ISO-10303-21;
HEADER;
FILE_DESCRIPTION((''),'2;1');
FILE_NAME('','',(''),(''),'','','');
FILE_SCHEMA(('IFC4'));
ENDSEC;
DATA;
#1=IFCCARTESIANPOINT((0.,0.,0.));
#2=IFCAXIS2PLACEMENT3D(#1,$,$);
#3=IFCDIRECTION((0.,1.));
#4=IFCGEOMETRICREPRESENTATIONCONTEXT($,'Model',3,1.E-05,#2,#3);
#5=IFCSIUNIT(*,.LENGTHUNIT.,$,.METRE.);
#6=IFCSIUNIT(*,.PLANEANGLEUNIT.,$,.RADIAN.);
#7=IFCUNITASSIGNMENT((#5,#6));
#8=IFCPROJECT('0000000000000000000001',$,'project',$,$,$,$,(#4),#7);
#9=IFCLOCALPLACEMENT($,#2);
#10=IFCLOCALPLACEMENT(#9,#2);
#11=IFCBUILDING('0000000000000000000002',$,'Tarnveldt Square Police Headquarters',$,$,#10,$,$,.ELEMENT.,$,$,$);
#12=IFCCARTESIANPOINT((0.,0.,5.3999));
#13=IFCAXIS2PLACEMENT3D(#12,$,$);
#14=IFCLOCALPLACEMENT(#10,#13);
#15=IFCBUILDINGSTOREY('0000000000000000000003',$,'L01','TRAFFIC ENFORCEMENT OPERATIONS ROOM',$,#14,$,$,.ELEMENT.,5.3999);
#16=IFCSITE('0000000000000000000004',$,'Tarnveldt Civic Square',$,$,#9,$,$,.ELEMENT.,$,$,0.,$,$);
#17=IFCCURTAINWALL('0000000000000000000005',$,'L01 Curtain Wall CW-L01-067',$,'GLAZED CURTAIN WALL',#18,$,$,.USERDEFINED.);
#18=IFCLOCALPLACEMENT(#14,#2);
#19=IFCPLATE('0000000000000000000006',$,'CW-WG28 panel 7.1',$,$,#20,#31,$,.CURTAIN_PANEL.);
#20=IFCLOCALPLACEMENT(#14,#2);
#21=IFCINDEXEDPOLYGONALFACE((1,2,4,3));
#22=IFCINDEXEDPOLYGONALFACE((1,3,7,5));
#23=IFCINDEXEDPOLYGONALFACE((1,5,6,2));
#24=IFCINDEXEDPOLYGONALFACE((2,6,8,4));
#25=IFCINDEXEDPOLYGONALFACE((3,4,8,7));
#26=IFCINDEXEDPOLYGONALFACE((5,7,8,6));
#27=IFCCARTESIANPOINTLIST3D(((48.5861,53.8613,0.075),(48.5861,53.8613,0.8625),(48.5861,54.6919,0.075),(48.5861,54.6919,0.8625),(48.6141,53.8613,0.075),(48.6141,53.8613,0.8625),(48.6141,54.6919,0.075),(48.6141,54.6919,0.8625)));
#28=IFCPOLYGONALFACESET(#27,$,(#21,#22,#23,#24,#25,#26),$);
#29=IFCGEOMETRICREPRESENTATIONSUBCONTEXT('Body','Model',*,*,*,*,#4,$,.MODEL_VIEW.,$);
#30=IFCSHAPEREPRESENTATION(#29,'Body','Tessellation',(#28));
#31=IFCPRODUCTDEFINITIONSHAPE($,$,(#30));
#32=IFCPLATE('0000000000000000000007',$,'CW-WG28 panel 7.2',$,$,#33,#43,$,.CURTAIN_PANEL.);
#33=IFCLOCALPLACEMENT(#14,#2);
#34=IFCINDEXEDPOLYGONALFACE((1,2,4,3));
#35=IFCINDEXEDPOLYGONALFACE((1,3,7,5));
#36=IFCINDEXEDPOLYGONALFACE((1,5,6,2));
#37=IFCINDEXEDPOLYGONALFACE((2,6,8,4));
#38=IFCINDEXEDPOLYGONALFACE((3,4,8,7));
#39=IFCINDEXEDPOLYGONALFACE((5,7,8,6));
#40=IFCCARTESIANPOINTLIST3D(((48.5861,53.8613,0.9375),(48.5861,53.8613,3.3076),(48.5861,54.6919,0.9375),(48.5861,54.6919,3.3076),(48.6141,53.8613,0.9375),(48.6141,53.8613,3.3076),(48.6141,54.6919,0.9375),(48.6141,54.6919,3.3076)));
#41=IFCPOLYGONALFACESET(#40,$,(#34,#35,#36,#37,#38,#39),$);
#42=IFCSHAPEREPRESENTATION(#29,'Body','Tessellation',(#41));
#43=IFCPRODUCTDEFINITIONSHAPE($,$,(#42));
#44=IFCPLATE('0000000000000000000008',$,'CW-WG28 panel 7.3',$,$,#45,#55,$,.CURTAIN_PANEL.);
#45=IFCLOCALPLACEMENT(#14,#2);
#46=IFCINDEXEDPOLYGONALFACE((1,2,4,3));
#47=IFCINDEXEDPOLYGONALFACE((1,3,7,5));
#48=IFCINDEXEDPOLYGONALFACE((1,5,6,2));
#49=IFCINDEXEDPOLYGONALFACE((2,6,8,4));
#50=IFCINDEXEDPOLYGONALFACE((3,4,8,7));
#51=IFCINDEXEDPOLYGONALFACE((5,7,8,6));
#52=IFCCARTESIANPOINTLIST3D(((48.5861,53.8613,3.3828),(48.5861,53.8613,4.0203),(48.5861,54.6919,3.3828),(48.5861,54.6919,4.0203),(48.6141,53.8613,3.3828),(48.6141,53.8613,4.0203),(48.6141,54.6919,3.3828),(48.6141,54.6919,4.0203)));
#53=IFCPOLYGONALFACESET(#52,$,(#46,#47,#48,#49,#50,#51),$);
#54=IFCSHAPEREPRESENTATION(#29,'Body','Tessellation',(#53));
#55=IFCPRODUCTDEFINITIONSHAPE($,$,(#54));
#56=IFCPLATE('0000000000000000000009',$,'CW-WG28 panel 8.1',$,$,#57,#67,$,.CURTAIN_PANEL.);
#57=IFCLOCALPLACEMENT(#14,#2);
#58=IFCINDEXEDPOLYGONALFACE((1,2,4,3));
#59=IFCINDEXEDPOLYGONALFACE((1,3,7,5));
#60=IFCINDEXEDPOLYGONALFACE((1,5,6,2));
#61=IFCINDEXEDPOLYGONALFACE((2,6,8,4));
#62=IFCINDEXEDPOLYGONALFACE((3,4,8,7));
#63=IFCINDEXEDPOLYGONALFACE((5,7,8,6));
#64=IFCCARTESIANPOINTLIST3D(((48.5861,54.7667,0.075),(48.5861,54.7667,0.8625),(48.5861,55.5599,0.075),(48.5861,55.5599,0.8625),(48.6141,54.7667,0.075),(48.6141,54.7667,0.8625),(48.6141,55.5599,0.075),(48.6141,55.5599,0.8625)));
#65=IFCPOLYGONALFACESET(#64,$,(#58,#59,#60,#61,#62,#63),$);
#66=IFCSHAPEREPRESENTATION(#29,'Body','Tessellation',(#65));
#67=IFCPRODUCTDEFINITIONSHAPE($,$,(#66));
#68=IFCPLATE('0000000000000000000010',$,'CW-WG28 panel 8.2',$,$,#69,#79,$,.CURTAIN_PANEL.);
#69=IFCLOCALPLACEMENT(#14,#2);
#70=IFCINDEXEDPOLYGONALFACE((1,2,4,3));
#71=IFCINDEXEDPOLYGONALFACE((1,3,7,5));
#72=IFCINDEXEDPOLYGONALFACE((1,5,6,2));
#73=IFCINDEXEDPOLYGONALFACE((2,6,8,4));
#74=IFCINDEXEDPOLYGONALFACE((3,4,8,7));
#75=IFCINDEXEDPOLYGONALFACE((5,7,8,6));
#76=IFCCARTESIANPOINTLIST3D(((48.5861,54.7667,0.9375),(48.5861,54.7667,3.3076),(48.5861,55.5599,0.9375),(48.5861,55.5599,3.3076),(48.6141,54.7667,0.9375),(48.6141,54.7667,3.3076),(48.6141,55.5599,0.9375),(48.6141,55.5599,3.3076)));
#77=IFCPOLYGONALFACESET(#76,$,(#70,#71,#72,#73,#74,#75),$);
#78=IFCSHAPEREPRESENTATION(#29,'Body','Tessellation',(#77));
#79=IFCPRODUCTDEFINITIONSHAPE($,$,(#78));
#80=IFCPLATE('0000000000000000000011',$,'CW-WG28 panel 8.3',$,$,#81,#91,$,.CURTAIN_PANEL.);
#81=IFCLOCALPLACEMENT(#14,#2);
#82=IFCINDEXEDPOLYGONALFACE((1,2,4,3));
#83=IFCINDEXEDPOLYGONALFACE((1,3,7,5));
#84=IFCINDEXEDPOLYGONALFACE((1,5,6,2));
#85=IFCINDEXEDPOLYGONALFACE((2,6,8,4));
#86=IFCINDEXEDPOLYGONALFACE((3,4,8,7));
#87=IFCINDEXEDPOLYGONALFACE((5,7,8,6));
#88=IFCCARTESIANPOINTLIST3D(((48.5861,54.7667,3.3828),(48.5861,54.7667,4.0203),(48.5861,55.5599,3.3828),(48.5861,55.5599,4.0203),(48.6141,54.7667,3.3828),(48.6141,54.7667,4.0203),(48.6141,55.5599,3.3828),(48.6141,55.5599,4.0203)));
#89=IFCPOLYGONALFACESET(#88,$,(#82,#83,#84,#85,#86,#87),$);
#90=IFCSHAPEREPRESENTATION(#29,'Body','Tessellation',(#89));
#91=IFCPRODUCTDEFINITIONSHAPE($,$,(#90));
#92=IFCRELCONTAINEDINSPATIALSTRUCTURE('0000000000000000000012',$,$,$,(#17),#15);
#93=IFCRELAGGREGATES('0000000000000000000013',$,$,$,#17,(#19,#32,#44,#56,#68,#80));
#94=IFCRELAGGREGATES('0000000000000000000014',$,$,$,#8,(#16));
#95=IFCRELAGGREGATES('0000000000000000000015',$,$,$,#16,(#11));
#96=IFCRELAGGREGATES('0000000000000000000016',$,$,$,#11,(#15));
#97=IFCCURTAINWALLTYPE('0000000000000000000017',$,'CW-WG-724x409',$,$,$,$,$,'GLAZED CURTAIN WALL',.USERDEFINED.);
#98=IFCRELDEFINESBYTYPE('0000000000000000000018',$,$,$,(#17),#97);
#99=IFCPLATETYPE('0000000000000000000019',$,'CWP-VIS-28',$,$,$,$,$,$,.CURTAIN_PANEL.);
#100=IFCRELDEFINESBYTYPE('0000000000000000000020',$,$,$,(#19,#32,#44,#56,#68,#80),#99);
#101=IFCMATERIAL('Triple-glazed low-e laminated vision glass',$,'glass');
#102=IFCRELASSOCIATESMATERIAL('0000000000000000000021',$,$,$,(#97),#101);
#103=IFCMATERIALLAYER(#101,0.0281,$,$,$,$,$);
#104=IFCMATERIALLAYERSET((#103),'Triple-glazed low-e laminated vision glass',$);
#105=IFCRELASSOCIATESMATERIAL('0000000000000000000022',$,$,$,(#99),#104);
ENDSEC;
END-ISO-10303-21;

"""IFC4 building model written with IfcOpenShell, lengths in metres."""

from ifc_helpers import new_model, si_unit, direction, frame, origin, origin_2d, place, context, subcontext, project, spatial, rectangle, extrude, material, layer, layer_set, type_object, element, aggregate, save


model = new_model("IFC4")

# Units and contexts
model_context = context("Model", 3, precision=1e-05, world=origin(), true_north=direction((0.0, 1.0)))
body_context = subcontext(model_context, "Body", "Model", "MODEL_VIEW")
ifc_project = project(units=[si_unit("LENGTHUNIT", "METRE"), si_unit("PLANEANGLEUNIT", "RADIAN")], contexts=[model_context])

# Site, building, storey
site_placement = place(None, origin())
site = spatial("IfcSite", under=ifc_project, at=site_placement, Name="Tarnveldt Civic Square", CompositionType="ELEMENT", RefElevation=0.0)
building_placement = place(site_placement, origin())
building = spatial("IfcBuilding", under=site, at=building_placement, Name="Tarnveldt Square Police Headquarters", CompositionType="ELEMENT")
storey_placement = place(building_placement, frame((0.0, 0.0, 5.3999)))
storey = spatial("IfcBuildingStorey", under=building, at=storey_placement, Name="L01", Description="TRAFFIC ENFORCEMENT OPERATIONS ROOM", CompositionType="ELEMENT", Elevation=5.3999)

# Curtain wall, plates
ifc_material_1 = material(Name="Triple-glazed low-e laminated vision glass", Category="glass")
curtain_wall_type = type_object("IfcCurtainWallType", Name="CW-WG-724x409", ElementType="GLAZED CURTAIN WALL", PredefinedType="USERDEFINED", material=ifc_material_1)
curtain_wall_placement = place(storey_placement, origin())
curtain_wall = element("IfcCurtainWall", 1, at=curtain_wall_placement, inside=storey, type_object=curtain_wall_type, Name="L01 Curtain Wall CW-L01-067", ObjectType="GLAZED CURTAIN WALL", PredefinedType="USERDEFINED")
ifc_layer = layer(ifc_material_1, 0.0281)
ifc_layer_set = layer_set([ifc_layer], Name="Triple-glazed low-e laminated vision glass")
plate_type = type_object("IfcPlateType", Name="CWP-VIS-28", PredefinedType="CURTAIN_PANEL", material=ifc_layer_set)
plate_1_placement = place(storey_placement, frame((48.6001, 54.2766, 0.075), z_axis=(0.0, 0.0, 1.0), x_axis=(0.0, 1.0, 0.0)))
plate_1 = element("IfcPlate", 2, at=plate_1_placement, type_object=plate_type, Name="CW-WG28 panel 7.1", PredefinedType="CURTAIN_PANEL", context=body_context, shape_type="SweptSolid", body=[
    extrude(rectangle(XDim=0.8306, YDim=0.0281, at=origin_2d()), origin(), (0.0, 0.0, 1.0), 0.7876),
])
plate_2_placement = place(storey_placement, frame((48.6001, 54.2766, 0.9375), z_axis=(0.0, 0.0, 1.0), x_axis=(0.0, 1.0, 0.0)))
plate_2 = element("IfcPlate", 3, at=plate_2_placement, type_object=plate_type, Name="CW-WG28 panel 7.2", PredefinedType="CURTAIN_PANEL", context=body_context, shape_type="SweptSolid", body=[
    extrude(rectangle(XDim=0.8306, YDim=0.0281, at=origin_2d()), origin(), (0.0, 0.0, 1.0), 2.3701),
])
plate_3_placement = place(storey_placement, frame((48.6001, 54.2766, 3.3828), z_axis=(0.0, 0.0, 1.0), x_axis=(0.0, 1.0, 0.0)))
plate_3 = element("IfcPlate", 4, at=plate_3_placement, type_object=plate_type, Name="CW-WG28 panel 7.3", PredefinedType="CURTAIN_PANEL", context=body_context, shape_type="SweptSolid", body=[
    extrude(rectangle(XDim=0.8306, YDim=0.0281, at=origin_2d()), origin(), (0.0, 0.0, 1.0), 0.6375),
])
plate_4_placement = place(storey_placement, frame((48.6001, 55.1633, 0.075), z_axis=(0.0, 0.0, 1.0), x_axis=(0.0, 1.0, 0.0)))
plate_4 = element("IfcPlate", 5, at=plate_4_placement, type_object=plate_type, Name="CW-WG28 panel 8.1", PredefinedType="CURTAIN_PANEL", context=body_context, shape_type="SweptSolid", body=[
    extrude(rectangle(XDim=0.7932, YDim=0.0281, at=origin_2d()), origin(), (0.0, 0.0, 1.0), 0.7876),
])
plate_5_placement = place(storey_placement, frame((48.6001, 55.1633, 0.9375), z_axis=(0.0, 0.0, 1.0), x_axis=(0.0, 1.0, 0.0)))
plate_5 = element("IfcPlate", 6, at=plate_5_placement, type_object=plate_type, Name="CW-WG28 panel 8.2", PredefinedType="CURTAIN_PANEL", context=body_context, shape_type="SweptSolid", body=[
    extrude(rectangle(XDim=0.7932, YDim=0.0281, at=origin_2d()), origin(), (0.0, 0.0, 1.0), 2.3701),
])
plate_6_placement = place(storey_placement, frame((48.6001, 55.1633, 3.3828), z_axis=(0.0, 0.0, 1.0), x_axis=(0.0, 1.0, 0.0)))
plate_6 = element("IfcPlate", 7, at=plate_6_placement, type_object=plate_type, Name="CW-WG28 panel 8.3", PredefinedType="CURTAIN_PANEL", context=body_context, shape_type="SweptSolid", body=[
    extrude(rectangle(XDim=0.7932, YDim=0.0281, at=origin_2d()), origin(), (0.0, 0.0, 1.0), 0.6375),
])
aggregate(curtain_wall, [plate_1, plate_2, plate_3, plate_4, plate_5, plate_6])

save(model, "model.ifc")
